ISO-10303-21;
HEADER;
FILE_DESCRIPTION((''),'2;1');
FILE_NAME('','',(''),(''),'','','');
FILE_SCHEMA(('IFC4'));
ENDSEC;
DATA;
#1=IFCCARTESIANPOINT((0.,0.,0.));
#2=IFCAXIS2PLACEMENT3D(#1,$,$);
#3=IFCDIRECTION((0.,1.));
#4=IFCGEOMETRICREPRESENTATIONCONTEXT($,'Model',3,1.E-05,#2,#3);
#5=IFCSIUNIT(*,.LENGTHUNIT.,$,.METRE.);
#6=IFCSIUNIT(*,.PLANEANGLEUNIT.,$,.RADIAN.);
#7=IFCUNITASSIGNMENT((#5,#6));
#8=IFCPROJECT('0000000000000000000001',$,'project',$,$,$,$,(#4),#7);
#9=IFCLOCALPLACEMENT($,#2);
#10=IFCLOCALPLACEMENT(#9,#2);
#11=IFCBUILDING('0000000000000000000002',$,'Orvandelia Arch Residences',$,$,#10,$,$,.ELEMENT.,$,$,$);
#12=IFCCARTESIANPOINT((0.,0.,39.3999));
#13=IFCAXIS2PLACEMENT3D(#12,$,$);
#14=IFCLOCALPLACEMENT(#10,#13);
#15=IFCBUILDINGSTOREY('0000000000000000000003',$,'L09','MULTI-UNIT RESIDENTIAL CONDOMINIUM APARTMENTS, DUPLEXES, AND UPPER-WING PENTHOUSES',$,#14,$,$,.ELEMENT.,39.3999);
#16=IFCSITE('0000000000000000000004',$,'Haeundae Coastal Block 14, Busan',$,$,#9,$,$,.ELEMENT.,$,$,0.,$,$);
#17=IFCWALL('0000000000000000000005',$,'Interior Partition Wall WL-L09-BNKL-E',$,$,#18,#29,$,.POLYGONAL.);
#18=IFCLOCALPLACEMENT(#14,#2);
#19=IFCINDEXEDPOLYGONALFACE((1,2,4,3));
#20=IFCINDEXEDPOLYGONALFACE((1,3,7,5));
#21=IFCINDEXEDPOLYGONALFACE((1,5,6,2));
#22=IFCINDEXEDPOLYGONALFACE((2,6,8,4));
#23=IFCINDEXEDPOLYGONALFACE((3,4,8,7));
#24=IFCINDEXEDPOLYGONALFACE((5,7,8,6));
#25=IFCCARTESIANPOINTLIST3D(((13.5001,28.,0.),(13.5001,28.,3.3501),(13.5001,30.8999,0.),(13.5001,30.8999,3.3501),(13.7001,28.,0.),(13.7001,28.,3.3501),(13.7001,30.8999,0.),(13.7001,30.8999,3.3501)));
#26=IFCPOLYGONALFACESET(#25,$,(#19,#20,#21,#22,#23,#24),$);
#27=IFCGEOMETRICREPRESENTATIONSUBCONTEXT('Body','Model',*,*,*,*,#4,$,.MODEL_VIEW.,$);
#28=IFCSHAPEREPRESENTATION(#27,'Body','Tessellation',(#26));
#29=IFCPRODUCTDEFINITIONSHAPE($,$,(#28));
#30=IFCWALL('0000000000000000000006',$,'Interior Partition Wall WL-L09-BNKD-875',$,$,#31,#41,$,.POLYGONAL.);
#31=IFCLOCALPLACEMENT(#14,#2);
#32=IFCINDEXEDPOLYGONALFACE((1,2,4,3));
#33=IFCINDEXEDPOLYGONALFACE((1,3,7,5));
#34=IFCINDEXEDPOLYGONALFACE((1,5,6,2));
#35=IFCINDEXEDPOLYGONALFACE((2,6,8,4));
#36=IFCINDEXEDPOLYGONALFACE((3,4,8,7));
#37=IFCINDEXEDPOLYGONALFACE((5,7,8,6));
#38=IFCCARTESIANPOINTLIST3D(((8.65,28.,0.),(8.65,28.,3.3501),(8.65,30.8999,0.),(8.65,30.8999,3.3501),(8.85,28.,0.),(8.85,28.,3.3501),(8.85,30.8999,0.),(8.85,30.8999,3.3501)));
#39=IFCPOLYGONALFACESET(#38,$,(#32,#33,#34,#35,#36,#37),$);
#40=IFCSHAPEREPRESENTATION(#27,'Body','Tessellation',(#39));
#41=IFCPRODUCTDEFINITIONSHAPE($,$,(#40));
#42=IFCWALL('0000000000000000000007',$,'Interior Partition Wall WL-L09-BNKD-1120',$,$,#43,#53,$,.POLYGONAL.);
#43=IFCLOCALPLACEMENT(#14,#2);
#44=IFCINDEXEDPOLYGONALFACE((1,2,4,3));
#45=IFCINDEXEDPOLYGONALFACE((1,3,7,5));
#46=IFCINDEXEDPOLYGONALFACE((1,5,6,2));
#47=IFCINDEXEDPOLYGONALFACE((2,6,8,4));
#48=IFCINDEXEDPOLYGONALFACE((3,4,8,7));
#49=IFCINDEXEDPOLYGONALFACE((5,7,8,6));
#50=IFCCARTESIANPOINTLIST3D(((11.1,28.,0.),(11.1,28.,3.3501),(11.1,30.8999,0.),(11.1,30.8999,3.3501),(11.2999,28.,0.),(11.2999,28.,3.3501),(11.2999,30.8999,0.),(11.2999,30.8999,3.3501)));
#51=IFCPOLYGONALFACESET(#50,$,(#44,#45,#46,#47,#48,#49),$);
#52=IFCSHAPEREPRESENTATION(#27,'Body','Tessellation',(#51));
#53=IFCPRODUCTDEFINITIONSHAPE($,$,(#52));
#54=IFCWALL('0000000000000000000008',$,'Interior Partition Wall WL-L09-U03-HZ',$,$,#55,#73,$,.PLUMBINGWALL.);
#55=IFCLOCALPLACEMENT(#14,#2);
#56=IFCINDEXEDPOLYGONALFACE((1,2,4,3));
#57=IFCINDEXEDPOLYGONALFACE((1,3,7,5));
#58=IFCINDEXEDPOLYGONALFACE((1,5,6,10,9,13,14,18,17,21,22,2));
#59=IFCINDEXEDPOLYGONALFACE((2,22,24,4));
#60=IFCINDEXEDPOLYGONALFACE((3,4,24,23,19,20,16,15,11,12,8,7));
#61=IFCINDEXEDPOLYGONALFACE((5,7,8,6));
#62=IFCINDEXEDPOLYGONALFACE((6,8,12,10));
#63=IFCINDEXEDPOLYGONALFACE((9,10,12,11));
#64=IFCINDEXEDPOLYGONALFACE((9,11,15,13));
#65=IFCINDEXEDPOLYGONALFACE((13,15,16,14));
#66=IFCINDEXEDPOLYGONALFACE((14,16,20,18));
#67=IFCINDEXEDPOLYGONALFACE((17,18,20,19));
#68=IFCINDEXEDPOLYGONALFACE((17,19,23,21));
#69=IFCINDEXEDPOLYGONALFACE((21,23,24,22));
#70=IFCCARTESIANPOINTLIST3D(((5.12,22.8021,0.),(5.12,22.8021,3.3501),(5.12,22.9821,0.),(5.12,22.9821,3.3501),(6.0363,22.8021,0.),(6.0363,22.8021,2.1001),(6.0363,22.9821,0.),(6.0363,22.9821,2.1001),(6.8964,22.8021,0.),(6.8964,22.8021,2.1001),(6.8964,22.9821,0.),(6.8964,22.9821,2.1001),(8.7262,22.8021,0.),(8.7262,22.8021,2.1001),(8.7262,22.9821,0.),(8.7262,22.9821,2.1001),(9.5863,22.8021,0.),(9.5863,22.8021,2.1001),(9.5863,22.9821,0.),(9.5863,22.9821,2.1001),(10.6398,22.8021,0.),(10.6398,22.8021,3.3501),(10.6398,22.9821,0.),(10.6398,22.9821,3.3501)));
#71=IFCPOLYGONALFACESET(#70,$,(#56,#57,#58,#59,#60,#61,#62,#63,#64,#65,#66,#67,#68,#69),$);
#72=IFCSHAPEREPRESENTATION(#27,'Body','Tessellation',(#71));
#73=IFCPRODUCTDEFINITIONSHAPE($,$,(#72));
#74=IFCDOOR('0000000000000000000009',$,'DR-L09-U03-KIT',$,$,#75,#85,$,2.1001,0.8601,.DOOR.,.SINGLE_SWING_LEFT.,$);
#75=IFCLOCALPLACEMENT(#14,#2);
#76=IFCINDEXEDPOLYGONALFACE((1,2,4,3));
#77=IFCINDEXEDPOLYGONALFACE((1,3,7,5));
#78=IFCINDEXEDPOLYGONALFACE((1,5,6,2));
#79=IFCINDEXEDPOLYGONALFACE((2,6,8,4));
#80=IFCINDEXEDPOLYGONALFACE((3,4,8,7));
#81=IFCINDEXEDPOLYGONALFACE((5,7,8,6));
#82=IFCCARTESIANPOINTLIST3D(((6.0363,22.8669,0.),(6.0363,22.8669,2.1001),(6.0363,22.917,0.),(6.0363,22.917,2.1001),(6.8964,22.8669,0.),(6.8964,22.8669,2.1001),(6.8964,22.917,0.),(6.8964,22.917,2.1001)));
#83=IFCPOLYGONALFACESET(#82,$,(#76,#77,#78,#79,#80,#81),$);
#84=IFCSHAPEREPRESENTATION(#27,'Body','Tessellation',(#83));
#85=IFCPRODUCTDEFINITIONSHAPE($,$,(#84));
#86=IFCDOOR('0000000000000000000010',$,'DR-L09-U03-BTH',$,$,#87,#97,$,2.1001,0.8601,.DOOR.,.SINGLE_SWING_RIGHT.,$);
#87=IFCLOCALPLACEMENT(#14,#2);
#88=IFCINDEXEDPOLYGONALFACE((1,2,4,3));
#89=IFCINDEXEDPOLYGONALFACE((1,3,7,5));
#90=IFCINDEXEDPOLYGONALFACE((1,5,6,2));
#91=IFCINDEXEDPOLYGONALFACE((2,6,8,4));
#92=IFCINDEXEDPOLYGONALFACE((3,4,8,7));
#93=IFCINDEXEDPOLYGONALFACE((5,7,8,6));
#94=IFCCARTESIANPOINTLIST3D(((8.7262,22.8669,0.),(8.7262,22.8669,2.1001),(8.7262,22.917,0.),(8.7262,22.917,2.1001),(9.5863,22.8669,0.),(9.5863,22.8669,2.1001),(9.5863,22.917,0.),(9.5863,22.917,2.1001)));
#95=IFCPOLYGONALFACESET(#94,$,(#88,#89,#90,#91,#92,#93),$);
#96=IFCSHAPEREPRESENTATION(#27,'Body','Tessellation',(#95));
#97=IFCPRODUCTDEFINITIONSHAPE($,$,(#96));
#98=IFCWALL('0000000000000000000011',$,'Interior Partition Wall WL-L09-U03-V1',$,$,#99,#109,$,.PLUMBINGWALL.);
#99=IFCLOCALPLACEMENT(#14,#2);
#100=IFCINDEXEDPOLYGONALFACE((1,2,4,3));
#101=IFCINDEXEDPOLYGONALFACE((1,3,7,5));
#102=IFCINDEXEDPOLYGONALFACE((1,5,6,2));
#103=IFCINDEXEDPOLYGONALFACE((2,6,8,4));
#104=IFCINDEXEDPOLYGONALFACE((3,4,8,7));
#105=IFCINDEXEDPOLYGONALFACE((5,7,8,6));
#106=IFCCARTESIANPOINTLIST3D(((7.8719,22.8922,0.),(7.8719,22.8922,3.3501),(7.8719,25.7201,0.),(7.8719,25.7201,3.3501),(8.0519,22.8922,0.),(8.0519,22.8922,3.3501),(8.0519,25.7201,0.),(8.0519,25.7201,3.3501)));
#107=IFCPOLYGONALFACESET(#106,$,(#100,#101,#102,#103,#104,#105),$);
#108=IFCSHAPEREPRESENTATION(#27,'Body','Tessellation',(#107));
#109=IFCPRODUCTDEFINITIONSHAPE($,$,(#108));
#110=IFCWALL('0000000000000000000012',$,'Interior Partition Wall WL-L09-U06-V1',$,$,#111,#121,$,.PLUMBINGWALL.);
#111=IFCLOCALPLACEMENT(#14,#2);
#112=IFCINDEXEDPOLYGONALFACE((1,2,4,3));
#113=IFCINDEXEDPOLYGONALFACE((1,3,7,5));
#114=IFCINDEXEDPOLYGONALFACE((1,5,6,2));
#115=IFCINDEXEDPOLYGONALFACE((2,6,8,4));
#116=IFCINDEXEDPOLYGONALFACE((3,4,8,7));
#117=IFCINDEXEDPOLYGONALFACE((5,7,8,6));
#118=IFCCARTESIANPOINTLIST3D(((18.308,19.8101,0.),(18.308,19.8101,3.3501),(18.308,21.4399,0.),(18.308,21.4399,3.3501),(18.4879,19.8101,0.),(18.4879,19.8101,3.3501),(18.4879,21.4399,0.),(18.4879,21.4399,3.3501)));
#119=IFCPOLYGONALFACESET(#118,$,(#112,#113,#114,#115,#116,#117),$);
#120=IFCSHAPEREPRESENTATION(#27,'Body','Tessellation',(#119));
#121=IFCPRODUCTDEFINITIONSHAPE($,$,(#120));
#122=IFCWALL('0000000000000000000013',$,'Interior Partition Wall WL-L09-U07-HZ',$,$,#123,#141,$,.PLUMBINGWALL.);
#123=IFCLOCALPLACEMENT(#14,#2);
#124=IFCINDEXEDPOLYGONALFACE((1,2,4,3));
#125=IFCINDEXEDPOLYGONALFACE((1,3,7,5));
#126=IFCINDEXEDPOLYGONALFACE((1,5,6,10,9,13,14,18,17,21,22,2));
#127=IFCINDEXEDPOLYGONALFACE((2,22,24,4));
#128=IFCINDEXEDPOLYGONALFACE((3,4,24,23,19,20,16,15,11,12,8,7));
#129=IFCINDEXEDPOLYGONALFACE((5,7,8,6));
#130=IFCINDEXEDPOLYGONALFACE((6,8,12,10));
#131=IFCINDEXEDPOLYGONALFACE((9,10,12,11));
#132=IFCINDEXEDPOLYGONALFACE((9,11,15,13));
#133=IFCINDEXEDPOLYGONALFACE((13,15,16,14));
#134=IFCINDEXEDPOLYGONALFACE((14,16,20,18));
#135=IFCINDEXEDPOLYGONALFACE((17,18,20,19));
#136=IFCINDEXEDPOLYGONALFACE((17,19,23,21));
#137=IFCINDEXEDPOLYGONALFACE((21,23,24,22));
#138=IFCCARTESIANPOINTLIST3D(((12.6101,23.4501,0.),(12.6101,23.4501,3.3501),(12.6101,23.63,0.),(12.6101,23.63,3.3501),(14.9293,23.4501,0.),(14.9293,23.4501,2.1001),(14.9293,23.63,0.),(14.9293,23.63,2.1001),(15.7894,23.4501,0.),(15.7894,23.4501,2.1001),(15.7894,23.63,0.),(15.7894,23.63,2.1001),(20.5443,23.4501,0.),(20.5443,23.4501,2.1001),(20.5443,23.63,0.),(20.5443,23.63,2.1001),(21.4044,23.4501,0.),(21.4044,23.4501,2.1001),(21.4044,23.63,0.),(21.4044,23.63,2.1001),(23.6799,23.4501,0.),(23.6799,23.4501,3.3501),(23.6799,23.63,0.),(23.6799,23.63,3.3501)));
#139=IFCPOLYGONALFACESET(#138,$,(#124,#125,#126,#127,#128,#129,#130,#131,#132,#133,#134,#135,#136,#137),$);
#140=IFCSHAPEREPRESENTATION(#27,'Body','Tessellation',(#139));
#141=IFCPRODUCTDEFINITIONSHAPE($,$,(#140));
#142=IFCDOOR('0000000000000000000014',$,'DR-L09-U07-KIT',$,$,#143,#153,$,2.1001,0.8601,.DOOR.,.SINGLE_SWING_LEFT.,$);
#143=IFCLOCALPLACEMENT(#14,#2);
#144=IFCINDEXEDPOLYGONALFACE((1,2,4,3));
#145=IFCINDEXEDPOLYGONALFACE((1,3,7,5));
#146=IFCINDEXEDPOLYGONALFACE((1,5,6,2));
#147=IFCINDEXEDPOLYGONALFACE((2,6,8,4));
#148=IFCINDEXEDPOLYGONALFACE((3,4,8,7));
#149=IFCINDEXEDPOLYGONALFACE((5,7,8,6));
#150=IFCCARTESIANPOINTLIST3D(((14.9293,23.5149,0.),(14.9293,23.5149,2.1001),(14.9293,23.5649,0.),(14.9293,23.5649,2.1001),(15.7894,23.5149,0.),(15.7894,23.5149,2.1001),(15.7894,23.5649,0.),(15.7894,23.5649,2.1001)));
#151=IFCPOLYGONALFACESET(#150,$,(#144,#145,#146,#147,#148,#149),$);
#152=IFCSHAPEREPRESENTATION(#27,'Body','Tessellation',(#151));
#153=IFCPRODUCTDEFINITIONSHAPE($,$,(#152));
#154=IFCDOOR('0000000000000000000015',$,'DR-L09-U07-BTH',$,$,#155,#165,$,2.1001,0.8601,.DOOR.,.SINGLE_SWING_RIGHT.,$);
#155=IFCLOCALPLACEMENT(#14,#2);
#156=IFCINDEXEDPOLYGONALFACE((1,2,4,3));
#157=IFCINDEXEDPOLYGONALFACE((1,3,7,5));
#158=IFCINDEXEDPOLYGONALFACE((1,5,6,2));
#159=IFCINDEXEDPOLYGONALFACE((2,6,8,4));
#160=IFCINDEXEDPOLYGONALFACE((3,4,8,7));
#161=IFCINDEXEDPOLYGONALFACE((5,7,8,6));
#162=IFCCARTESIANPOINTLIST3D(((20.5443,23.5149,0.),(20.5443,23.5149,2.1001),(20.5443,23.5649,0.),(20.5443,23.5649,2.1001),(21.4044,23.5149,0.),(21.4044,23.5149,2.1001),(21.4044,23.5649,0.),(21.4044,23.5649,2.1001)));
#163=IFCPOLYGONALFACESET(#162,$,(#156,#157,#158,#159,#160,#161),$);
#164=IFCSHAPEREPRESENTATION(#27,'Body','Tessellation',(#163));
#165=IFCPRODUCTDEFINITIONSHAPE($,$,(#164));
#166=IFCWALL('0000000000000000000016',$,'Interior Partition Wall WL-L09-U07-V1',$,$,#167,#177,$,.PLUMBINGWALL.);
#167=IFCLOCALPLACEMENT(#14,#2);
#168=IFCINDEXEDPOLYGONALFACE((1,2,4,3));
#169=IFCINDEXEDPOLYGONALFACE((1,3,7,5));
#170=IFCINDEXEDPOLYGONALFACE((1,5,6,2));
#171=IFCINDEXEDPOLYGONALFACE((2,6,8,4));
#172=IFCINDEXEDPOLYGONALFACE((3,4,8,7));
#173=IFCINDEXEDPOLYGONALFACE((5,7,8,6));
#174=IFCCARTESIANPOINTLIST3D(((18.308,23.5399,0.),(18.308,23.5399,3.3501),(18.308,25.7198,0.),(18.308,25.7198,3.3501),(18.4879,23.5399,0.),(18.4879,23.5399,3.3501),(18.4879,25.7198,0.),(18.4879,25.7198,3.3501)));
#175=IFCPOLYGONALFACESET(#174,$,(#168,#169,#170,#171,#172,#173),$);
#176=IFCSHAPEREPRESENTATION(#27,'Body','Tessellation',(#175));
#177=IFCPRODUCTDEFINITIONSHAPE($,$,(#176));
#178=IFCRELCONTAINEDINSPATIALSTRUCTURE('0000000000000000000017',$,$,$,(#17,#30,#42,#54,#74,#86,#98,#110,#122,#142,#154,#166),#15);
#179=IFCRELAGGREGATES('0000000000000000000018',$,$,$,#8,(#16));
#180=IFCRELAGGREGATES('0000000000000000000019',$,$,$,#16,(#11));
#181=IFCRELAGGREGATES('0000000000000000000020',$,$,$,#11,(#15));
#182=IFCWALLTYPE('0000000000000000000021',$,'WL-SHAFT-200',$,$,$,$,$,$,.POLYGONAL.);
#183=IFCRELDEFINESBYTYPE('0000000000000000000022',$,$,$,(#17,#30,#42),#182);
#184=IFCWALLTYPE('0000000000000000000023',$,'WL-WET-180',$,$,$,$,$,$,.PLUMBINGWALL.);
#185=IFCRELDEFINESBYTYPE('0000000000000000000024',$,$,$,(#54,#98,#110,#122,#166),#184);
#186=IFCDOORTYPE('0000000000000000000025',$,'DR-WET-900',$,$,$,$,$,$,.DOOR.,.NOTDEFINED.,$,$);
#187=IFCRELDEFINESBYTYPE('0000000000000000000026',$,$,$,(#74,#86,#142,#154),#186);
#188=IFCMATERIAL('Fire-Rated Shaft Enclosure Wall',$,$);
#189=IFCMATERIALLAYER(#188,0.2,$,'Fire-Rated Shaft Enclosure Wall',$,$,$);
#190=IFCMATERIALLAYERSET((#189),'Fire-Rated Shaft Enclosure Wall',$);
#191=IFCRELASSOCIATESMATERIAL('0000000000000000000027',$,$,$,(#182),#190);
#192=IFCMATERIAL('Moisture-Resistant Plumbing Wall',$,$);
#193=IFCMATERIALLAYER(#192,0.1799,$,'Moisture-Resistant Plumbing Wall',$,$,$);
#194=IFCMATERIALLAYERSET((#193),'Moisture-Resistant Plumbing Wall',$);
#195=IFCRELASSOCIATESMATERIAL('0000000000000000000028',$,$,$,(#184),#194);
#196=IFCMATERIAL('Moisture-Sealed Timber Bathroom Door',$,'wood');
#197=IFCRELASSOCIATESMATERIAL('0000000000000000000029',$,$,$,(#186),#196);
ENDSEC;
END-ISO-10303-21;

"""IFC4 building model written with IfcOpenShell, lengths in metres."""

from ifc_helpers import new_model, si_unit, direction, frame, frame_2d, origin, place, context, subcontext, project, spatial, rectangle, extrude, material, layer, layer_set, type_object, element, fill, save


model = new_model("IFC4")

# Units and contexts
model_context = context("Model", 3, precision=1e-05, world=origin(), true_north=direction((0.0, 1.0)))
body_context = subcontext(model_context, "Body", "Model", "MODEL_VIEW")
ifc_project = project(units=[si_unit("LENGTHUNIT", "METRE"), si_unit("PLANEANGLEUNIT", "RADIAN")], contexts=[model_context])

# Site, building, storey
site_placement = place(None, origin())
site = spatial("IfcSite", under=ifc_project, at=site_placement, Name="Haeundae Coastal Block 14, Busan", CompositionType="ELEMENT", RefElevation=0.0)
building_placement = place(site_placement, origin())
building = spatial("IfcBuilding", under=site, at=building_placement, Name="Orvandelia Arch Residences", CompositionType="ELEMENT")
storey_placement = place(building_placement, frame((0.0, 0.0, 39.3999)))
storey = spatial("IfcBuildingStorey", under=building, at=storey_placement, Name="L09", Description="MULTI-UNIT RESIDENTIAL CONDOMINIUM APARTMENTS, DUPLEXES, AND UPPER-WING PENTHOUSES", CompositionType="ELEMENT", Elevation=39.3999)

# Shared definitions
ifc_material_1 = material(Name="Fire-Rated Shaft Enclosure Wall")
ifc_layer_1 = layer(ifc_material_1, 0.2, Name="Fire-Rated Shaft Enclosure Wall")
ifc_layer_set_1 = layer_set([ifc_layer_1], Name="Fire-Rated Shaft Enclosure Wall")
wall_type_1 = type_object("IfcWallType", Name="WL-SHAFT-200", PredefinedType="POLYGONAL", material=ifc_layer_set_1)

# Walls
for number, where, z_axis, x_axis, name in (
    (1, (13.6001, 28.0, 0.0), (0.0, 0.0, 1.0), (0.0, 1.0, 0.0), "Interior Partition Wall WL-L09-BNKL-E"),
    (2, (8.75, 28.0, 0.0), (0.0, 0.0, 1.0), (0.0, 1.0, 0.0), "Interior Partition Wall WL-L09-BNKD-875"),
    (3, (11.2, 28.0, 0.0), (0.0, 0.0, 1.0), (0.0, 1.0, 0.0), "Interior Partition Wall WL-L09-BNKD-1120"),
):
    element("IfcWall", number, at=place(storey_placement, frame(where, z_axis=z_axis, x_axis=x_axis)), inside=storey, type_object=wall_type_1, Name=name, PredefinedType="POLYGONAL", context=body_context, shape_type="SweptSolid", body=[
        extrude(rectangle(XDim=2.8999, YDim=0.2, at=frame_2d((1.45, 0.0))), origin(), (0.0, 0.0, 1.0), 3.3501),
    ])

# Wall, openings, doors
ifc_material_2 = material(Name="Moisture-Resistant Plumbing Wall")
ifc_layer_2 = layer(ifc_material_2, 0.1799, Name="Moisture-Resistant Plumbing Wall")
ifc_layer_set_2 = layer_set([ifc_layer_2], Name="Moisture-Resistant Plumbing Wall")
wall_type_2 = type_object("IfcWallType", Name="WL-WET-180", PredefinedType="PLUMBINGWALL", material=ifc_layer_set_2)
wall_1_placement = place(storey_placement, frame((5.1201, 22.8921, 0.0), z_axis=(0.0, 0.0, 1.0), x_axis=(1.0, 0.0, 0.0)))
wall_1 = element("IfcWall", 4, at=wall_1_placement, inside=storey, type_object=wall_type_2, Name="Interior Partition Wall WL-L09-U03-HZ", PredefinedType="PLUMBINGWALL", context=body_context, shape_type="SweptSolid", body=[
    extrude(rectangle(XDim=5.5198, YDim=0.1799, at=frame_2d((2.7598, 0.0))), origin(), (0.0, 0.0, 1.0), 3.3501),
])
opening_1_placement = place(wall_1_placement, frame((0.916, 0.0, 0.0)))
opening_1 = element("IfcOpeningElement", 5, at=opening_1_placement, cuts=wall_1, PredefinedType="OPENING", context=body_context, shape_type="SweptSolid", body=[
    extrude(rectangle(XDim=0.8601, YDim=2.1001, at=frame_2d((0.4302, 1.05))), frame((0.0, 0.1001, 0.0), z_axis=(0.0, -1.0, 0.0), x_axis=(1.0, 0.0, 0.0)), (0.0, 0.0, 1.0), 0.2),
])
opening_2_placement = place(wall_1_placement, frame((3.606, 0.0, 0.0)))
opening_2 = element("IfcOpeningElement", 6, at=opening_2_placement, cuts=wall_1, PredefinedType="OPENING", context=body_context, shape_type="SweptSolid", body=[
    extrude(rectangle(XDim=0.8601, YDim=2.1001, at=frame_2d((0.4302, 1.05))), frame((0.0, 0.1001, 0.0), z_axis=(0.0, -1.0, 0.0), x_axis=(1.0, 0.0, 0.0)), (0.0, 0.0, 1.0), 0.2),
])
ifc_material_3 = material(Name="Moisture-Sealed Timber Bathroom Door", Category="wood")
door_type_1 = type_object("IfcDoorType", Name="DR-WET-900", OperationType="NOTDEFINED", PredefinedType="DOOR", material=ifc_material_3)
door_1_placement = place(opening_1_placement, origin())
door_1 = element("IfcDoor", 7, at=door_1_placement, inside=storey, type_object=door_type_1, Name="DR-L09-U03-KIT", OperationType="SINGLE_SWING_LEFT", OverallHeight=2.1001, OverallWidth=0.8601, PredefinedType="DOOR", context=body_context, shape_type="SweptSolid", body=[
    extrude(rectangle(XDim=0.8601, YDim=2.1001, at=frame_2d((0.4302, 1.05))), frame((0.0, 0.0249, 0.0), z_axis=(0.0, -1.0, 0.0), x_axis=(1.0, 0.0, 0.0)), (0.0, 0.0, 1.0), 0.05),
])
fill(opening_1, door_1)
door_2_placement = place(opening_2_placement, origin())
door_2 = element("IfcDoor", 8, at=door_2_placement, inside=storey, type_object=door_type_1, Name="DR-L09-U03-BTH", OperationType="SINGLE_SWING_RIGHT", OverallHeight=2.1001, OverallWidth=0.8601, PredefinedType="DOOR", context=body_context, shape_type="SweptSolid", body=[
    extrude(rectangle(XDim=0.8601, YDim=2.1001, at=frame_2d((0.4302, 1.05))), frame((0.0, 0.0249, 0.0), z_axis=(0.0, -1.0, 0.0), x_axis=(1.0, 0.0, 0.0)), (0.0, 0.0, 1.0), 0.05),
])
fill(opening_2, door_2)

# Walls
wall_2_placement = place(storey_placement, frame((7.9619, 22.8921, 0.0), z_axis=(0.0, 0.0, 1.0), x_axis=(0.0, 1.0, 0.0)))
element("IfcWall", 9, at=wall_2_placement, inside=storey, type_object=wall_type_2, Name="Interior Partition Wall WL-L09-U03-V1", PredefinedType="PLUMBINGWALL", context=body_context, shape_type="SweptSolid", body=[
    extrude(rectangle(XDim=2.8279, YDim=0.1799, at=frame_2d((1.4141, 0.0))), origin(), (0.0, 0.0, 1.0), 3.3501),
])
wall_3_placement = place(storey_placement, frame((18.3979, 19.8101, 0.0), z_axis=(0.0, 0.0, 1.0), x_axis=(0.0, 1.0, 0.0)))
element("IfcWall", 10, at=wall_3_placement, inside=storey, type_object=wall_type_2, Name="Interior Partition Wall WL-L09-U06-V1", PredefinedType="PLUMBINGWALL", context=body_context, shape_type="SweptSolid", body=[
    extrude(rectangle(XDim=1.6299, YDim=0.1799, at=frame_2d((0.8149, 0.0))), origin(), (0.0, 0.0, 1.0), 3.3501),
])

# Wall, openings, doors
wall_4_placement = place(storey_placement, frame((12.6101, 23.54, 0.0), z_axis=(0.0, 0.0, 1.0), x_axis=(1.0, 0.0, 0.0)))
wall_4 = element("IfcWall", 11, at=wall_4_placement, inside=storey, type_object=wall_type_2, Name="Interior Partition Wall WL-L09-U07-HZ", PredefinedType="PLUMBINGWALL", context=body_context, shape_type="SweptSolid", body=[
    extrude(rectangle(XDim=11.0698, YDim=0.1799, at=frame_2d((5.5349, 0.0))), origin(), (0.0, 0.0, 1.0), 3.3501),
])
opening_3_placement = place(wall_4_placement, frame((2.3191, 0.0, 0.0)))
opening_3 = element("IfcOpeningElement", 12, at=opening_3_placement, cuts=wall_4, PredefinedType="OPENING", context=body_context, shape_type="SweptSolid", body=[
    extrude(rectangle(XDim=0.8601, YDim=2.1001, at=frame_2d((0.4302, 1.05))), frame((0.0, 0.1001, 0.0), z_axis=(0.0, -1.0, 0.0), x_axis=(1.0, 0.0, 0.0)), (0.0, 0.0, 1.0), 0.2),
])
opening_4_placement = place(wall_4_placement, frame((7.9341, 0.0, 0.0)))
opening_4 = element("IfcOpeningElement", 13, at=opening_4_placement, cuts=wall_4, PredefinedType="OPENING", context=body_context, shape_type="SweptSolid", body=[
    extrude(rectangle(XDim=0.8601, YDim=2.1001, at=frame_2d((0.4302, 1.05))), frame((0.0, 0.1001, 0.0), z_axis=(0.0, -1.0, 0.0), x_axis=(1.0, 0.0, 0.0)), (0.0, 0.0, 1.0), 0.2),
])
door_3_placement = place(opening_3_placement, origin())
door_3 = element("IfcDoor", 14, at=door_3_placement, inside=storey, type_object=door_type_1, Name="DR-L09-U07-KIT", OperationType="SINGLE_SWING_LEFT", OverallHeight=2.1001, OverallWidth=0.8601, PredefinedType="DOOR", context=body_context, shape_type="SweptSolid", body=[
    extrude(rectangle(XDim=0.8601, YDim=2.1001, at=frame_2d((0.4302, 1.05))), frame((0.0, 0.0249, 0.0), z_axis=(0.0, -1.0, 0.0), x_axis=(1.0, 0.0, 0.0)), (0.0, 0.0, 1.0), 0.05),
])
fill(opening_3, door_3)
door_4_placement = place(opening_4_placement, origin())
door_4 = element("IfcDoor", 15, at=door_4_placement, inside=storey, type_object=door_type_1, Name="DR-L09-U07-BTH", OperationType="SINGLE_SWING_RIGHT", OverallHeight=2.1001, OverallWidth=0.8601, PredefinedType="DOOR", context=body_context, shape_type="SweptSolid", body=[
    extrude(rectangle(XDim=0.8601, YDim=2.1001, at=frame_2d((0.4302, 1.05))), frame((0.0, 0.0249, 0.0), z_axis=(0.0, -1.0, 0.0), x_axis=(1.0, 0.0, 0.0)), (0.0, 0.0, 1.0), 0.05),
])
fill(opening_4, door_4)

# Wall
wall_5_placement = place(storey_placement, frame((18.3979, 23.54, 0.0), z_axis=(0.0, 0.0, 1.0), x_axis=(0.0, 1.0, 0.0)))
element("IfcWall", 16, at=wall_5_placement, inside=storey, type_object=wall_type_2, Name="Interior Partition Wall WL-L09-U07-V1", PredefinedType="PLUMBINGWALL", context=body_context, shape_type="SweptSolid", body=[
    extrude(rectangle(XDim=2.1799, YDim=0.1799, at=frame_2d((1.0898, 0.0))), origin(), (0.0, 0.0, 1.0), 3.3501),
])

save(model, "model.ifc")
